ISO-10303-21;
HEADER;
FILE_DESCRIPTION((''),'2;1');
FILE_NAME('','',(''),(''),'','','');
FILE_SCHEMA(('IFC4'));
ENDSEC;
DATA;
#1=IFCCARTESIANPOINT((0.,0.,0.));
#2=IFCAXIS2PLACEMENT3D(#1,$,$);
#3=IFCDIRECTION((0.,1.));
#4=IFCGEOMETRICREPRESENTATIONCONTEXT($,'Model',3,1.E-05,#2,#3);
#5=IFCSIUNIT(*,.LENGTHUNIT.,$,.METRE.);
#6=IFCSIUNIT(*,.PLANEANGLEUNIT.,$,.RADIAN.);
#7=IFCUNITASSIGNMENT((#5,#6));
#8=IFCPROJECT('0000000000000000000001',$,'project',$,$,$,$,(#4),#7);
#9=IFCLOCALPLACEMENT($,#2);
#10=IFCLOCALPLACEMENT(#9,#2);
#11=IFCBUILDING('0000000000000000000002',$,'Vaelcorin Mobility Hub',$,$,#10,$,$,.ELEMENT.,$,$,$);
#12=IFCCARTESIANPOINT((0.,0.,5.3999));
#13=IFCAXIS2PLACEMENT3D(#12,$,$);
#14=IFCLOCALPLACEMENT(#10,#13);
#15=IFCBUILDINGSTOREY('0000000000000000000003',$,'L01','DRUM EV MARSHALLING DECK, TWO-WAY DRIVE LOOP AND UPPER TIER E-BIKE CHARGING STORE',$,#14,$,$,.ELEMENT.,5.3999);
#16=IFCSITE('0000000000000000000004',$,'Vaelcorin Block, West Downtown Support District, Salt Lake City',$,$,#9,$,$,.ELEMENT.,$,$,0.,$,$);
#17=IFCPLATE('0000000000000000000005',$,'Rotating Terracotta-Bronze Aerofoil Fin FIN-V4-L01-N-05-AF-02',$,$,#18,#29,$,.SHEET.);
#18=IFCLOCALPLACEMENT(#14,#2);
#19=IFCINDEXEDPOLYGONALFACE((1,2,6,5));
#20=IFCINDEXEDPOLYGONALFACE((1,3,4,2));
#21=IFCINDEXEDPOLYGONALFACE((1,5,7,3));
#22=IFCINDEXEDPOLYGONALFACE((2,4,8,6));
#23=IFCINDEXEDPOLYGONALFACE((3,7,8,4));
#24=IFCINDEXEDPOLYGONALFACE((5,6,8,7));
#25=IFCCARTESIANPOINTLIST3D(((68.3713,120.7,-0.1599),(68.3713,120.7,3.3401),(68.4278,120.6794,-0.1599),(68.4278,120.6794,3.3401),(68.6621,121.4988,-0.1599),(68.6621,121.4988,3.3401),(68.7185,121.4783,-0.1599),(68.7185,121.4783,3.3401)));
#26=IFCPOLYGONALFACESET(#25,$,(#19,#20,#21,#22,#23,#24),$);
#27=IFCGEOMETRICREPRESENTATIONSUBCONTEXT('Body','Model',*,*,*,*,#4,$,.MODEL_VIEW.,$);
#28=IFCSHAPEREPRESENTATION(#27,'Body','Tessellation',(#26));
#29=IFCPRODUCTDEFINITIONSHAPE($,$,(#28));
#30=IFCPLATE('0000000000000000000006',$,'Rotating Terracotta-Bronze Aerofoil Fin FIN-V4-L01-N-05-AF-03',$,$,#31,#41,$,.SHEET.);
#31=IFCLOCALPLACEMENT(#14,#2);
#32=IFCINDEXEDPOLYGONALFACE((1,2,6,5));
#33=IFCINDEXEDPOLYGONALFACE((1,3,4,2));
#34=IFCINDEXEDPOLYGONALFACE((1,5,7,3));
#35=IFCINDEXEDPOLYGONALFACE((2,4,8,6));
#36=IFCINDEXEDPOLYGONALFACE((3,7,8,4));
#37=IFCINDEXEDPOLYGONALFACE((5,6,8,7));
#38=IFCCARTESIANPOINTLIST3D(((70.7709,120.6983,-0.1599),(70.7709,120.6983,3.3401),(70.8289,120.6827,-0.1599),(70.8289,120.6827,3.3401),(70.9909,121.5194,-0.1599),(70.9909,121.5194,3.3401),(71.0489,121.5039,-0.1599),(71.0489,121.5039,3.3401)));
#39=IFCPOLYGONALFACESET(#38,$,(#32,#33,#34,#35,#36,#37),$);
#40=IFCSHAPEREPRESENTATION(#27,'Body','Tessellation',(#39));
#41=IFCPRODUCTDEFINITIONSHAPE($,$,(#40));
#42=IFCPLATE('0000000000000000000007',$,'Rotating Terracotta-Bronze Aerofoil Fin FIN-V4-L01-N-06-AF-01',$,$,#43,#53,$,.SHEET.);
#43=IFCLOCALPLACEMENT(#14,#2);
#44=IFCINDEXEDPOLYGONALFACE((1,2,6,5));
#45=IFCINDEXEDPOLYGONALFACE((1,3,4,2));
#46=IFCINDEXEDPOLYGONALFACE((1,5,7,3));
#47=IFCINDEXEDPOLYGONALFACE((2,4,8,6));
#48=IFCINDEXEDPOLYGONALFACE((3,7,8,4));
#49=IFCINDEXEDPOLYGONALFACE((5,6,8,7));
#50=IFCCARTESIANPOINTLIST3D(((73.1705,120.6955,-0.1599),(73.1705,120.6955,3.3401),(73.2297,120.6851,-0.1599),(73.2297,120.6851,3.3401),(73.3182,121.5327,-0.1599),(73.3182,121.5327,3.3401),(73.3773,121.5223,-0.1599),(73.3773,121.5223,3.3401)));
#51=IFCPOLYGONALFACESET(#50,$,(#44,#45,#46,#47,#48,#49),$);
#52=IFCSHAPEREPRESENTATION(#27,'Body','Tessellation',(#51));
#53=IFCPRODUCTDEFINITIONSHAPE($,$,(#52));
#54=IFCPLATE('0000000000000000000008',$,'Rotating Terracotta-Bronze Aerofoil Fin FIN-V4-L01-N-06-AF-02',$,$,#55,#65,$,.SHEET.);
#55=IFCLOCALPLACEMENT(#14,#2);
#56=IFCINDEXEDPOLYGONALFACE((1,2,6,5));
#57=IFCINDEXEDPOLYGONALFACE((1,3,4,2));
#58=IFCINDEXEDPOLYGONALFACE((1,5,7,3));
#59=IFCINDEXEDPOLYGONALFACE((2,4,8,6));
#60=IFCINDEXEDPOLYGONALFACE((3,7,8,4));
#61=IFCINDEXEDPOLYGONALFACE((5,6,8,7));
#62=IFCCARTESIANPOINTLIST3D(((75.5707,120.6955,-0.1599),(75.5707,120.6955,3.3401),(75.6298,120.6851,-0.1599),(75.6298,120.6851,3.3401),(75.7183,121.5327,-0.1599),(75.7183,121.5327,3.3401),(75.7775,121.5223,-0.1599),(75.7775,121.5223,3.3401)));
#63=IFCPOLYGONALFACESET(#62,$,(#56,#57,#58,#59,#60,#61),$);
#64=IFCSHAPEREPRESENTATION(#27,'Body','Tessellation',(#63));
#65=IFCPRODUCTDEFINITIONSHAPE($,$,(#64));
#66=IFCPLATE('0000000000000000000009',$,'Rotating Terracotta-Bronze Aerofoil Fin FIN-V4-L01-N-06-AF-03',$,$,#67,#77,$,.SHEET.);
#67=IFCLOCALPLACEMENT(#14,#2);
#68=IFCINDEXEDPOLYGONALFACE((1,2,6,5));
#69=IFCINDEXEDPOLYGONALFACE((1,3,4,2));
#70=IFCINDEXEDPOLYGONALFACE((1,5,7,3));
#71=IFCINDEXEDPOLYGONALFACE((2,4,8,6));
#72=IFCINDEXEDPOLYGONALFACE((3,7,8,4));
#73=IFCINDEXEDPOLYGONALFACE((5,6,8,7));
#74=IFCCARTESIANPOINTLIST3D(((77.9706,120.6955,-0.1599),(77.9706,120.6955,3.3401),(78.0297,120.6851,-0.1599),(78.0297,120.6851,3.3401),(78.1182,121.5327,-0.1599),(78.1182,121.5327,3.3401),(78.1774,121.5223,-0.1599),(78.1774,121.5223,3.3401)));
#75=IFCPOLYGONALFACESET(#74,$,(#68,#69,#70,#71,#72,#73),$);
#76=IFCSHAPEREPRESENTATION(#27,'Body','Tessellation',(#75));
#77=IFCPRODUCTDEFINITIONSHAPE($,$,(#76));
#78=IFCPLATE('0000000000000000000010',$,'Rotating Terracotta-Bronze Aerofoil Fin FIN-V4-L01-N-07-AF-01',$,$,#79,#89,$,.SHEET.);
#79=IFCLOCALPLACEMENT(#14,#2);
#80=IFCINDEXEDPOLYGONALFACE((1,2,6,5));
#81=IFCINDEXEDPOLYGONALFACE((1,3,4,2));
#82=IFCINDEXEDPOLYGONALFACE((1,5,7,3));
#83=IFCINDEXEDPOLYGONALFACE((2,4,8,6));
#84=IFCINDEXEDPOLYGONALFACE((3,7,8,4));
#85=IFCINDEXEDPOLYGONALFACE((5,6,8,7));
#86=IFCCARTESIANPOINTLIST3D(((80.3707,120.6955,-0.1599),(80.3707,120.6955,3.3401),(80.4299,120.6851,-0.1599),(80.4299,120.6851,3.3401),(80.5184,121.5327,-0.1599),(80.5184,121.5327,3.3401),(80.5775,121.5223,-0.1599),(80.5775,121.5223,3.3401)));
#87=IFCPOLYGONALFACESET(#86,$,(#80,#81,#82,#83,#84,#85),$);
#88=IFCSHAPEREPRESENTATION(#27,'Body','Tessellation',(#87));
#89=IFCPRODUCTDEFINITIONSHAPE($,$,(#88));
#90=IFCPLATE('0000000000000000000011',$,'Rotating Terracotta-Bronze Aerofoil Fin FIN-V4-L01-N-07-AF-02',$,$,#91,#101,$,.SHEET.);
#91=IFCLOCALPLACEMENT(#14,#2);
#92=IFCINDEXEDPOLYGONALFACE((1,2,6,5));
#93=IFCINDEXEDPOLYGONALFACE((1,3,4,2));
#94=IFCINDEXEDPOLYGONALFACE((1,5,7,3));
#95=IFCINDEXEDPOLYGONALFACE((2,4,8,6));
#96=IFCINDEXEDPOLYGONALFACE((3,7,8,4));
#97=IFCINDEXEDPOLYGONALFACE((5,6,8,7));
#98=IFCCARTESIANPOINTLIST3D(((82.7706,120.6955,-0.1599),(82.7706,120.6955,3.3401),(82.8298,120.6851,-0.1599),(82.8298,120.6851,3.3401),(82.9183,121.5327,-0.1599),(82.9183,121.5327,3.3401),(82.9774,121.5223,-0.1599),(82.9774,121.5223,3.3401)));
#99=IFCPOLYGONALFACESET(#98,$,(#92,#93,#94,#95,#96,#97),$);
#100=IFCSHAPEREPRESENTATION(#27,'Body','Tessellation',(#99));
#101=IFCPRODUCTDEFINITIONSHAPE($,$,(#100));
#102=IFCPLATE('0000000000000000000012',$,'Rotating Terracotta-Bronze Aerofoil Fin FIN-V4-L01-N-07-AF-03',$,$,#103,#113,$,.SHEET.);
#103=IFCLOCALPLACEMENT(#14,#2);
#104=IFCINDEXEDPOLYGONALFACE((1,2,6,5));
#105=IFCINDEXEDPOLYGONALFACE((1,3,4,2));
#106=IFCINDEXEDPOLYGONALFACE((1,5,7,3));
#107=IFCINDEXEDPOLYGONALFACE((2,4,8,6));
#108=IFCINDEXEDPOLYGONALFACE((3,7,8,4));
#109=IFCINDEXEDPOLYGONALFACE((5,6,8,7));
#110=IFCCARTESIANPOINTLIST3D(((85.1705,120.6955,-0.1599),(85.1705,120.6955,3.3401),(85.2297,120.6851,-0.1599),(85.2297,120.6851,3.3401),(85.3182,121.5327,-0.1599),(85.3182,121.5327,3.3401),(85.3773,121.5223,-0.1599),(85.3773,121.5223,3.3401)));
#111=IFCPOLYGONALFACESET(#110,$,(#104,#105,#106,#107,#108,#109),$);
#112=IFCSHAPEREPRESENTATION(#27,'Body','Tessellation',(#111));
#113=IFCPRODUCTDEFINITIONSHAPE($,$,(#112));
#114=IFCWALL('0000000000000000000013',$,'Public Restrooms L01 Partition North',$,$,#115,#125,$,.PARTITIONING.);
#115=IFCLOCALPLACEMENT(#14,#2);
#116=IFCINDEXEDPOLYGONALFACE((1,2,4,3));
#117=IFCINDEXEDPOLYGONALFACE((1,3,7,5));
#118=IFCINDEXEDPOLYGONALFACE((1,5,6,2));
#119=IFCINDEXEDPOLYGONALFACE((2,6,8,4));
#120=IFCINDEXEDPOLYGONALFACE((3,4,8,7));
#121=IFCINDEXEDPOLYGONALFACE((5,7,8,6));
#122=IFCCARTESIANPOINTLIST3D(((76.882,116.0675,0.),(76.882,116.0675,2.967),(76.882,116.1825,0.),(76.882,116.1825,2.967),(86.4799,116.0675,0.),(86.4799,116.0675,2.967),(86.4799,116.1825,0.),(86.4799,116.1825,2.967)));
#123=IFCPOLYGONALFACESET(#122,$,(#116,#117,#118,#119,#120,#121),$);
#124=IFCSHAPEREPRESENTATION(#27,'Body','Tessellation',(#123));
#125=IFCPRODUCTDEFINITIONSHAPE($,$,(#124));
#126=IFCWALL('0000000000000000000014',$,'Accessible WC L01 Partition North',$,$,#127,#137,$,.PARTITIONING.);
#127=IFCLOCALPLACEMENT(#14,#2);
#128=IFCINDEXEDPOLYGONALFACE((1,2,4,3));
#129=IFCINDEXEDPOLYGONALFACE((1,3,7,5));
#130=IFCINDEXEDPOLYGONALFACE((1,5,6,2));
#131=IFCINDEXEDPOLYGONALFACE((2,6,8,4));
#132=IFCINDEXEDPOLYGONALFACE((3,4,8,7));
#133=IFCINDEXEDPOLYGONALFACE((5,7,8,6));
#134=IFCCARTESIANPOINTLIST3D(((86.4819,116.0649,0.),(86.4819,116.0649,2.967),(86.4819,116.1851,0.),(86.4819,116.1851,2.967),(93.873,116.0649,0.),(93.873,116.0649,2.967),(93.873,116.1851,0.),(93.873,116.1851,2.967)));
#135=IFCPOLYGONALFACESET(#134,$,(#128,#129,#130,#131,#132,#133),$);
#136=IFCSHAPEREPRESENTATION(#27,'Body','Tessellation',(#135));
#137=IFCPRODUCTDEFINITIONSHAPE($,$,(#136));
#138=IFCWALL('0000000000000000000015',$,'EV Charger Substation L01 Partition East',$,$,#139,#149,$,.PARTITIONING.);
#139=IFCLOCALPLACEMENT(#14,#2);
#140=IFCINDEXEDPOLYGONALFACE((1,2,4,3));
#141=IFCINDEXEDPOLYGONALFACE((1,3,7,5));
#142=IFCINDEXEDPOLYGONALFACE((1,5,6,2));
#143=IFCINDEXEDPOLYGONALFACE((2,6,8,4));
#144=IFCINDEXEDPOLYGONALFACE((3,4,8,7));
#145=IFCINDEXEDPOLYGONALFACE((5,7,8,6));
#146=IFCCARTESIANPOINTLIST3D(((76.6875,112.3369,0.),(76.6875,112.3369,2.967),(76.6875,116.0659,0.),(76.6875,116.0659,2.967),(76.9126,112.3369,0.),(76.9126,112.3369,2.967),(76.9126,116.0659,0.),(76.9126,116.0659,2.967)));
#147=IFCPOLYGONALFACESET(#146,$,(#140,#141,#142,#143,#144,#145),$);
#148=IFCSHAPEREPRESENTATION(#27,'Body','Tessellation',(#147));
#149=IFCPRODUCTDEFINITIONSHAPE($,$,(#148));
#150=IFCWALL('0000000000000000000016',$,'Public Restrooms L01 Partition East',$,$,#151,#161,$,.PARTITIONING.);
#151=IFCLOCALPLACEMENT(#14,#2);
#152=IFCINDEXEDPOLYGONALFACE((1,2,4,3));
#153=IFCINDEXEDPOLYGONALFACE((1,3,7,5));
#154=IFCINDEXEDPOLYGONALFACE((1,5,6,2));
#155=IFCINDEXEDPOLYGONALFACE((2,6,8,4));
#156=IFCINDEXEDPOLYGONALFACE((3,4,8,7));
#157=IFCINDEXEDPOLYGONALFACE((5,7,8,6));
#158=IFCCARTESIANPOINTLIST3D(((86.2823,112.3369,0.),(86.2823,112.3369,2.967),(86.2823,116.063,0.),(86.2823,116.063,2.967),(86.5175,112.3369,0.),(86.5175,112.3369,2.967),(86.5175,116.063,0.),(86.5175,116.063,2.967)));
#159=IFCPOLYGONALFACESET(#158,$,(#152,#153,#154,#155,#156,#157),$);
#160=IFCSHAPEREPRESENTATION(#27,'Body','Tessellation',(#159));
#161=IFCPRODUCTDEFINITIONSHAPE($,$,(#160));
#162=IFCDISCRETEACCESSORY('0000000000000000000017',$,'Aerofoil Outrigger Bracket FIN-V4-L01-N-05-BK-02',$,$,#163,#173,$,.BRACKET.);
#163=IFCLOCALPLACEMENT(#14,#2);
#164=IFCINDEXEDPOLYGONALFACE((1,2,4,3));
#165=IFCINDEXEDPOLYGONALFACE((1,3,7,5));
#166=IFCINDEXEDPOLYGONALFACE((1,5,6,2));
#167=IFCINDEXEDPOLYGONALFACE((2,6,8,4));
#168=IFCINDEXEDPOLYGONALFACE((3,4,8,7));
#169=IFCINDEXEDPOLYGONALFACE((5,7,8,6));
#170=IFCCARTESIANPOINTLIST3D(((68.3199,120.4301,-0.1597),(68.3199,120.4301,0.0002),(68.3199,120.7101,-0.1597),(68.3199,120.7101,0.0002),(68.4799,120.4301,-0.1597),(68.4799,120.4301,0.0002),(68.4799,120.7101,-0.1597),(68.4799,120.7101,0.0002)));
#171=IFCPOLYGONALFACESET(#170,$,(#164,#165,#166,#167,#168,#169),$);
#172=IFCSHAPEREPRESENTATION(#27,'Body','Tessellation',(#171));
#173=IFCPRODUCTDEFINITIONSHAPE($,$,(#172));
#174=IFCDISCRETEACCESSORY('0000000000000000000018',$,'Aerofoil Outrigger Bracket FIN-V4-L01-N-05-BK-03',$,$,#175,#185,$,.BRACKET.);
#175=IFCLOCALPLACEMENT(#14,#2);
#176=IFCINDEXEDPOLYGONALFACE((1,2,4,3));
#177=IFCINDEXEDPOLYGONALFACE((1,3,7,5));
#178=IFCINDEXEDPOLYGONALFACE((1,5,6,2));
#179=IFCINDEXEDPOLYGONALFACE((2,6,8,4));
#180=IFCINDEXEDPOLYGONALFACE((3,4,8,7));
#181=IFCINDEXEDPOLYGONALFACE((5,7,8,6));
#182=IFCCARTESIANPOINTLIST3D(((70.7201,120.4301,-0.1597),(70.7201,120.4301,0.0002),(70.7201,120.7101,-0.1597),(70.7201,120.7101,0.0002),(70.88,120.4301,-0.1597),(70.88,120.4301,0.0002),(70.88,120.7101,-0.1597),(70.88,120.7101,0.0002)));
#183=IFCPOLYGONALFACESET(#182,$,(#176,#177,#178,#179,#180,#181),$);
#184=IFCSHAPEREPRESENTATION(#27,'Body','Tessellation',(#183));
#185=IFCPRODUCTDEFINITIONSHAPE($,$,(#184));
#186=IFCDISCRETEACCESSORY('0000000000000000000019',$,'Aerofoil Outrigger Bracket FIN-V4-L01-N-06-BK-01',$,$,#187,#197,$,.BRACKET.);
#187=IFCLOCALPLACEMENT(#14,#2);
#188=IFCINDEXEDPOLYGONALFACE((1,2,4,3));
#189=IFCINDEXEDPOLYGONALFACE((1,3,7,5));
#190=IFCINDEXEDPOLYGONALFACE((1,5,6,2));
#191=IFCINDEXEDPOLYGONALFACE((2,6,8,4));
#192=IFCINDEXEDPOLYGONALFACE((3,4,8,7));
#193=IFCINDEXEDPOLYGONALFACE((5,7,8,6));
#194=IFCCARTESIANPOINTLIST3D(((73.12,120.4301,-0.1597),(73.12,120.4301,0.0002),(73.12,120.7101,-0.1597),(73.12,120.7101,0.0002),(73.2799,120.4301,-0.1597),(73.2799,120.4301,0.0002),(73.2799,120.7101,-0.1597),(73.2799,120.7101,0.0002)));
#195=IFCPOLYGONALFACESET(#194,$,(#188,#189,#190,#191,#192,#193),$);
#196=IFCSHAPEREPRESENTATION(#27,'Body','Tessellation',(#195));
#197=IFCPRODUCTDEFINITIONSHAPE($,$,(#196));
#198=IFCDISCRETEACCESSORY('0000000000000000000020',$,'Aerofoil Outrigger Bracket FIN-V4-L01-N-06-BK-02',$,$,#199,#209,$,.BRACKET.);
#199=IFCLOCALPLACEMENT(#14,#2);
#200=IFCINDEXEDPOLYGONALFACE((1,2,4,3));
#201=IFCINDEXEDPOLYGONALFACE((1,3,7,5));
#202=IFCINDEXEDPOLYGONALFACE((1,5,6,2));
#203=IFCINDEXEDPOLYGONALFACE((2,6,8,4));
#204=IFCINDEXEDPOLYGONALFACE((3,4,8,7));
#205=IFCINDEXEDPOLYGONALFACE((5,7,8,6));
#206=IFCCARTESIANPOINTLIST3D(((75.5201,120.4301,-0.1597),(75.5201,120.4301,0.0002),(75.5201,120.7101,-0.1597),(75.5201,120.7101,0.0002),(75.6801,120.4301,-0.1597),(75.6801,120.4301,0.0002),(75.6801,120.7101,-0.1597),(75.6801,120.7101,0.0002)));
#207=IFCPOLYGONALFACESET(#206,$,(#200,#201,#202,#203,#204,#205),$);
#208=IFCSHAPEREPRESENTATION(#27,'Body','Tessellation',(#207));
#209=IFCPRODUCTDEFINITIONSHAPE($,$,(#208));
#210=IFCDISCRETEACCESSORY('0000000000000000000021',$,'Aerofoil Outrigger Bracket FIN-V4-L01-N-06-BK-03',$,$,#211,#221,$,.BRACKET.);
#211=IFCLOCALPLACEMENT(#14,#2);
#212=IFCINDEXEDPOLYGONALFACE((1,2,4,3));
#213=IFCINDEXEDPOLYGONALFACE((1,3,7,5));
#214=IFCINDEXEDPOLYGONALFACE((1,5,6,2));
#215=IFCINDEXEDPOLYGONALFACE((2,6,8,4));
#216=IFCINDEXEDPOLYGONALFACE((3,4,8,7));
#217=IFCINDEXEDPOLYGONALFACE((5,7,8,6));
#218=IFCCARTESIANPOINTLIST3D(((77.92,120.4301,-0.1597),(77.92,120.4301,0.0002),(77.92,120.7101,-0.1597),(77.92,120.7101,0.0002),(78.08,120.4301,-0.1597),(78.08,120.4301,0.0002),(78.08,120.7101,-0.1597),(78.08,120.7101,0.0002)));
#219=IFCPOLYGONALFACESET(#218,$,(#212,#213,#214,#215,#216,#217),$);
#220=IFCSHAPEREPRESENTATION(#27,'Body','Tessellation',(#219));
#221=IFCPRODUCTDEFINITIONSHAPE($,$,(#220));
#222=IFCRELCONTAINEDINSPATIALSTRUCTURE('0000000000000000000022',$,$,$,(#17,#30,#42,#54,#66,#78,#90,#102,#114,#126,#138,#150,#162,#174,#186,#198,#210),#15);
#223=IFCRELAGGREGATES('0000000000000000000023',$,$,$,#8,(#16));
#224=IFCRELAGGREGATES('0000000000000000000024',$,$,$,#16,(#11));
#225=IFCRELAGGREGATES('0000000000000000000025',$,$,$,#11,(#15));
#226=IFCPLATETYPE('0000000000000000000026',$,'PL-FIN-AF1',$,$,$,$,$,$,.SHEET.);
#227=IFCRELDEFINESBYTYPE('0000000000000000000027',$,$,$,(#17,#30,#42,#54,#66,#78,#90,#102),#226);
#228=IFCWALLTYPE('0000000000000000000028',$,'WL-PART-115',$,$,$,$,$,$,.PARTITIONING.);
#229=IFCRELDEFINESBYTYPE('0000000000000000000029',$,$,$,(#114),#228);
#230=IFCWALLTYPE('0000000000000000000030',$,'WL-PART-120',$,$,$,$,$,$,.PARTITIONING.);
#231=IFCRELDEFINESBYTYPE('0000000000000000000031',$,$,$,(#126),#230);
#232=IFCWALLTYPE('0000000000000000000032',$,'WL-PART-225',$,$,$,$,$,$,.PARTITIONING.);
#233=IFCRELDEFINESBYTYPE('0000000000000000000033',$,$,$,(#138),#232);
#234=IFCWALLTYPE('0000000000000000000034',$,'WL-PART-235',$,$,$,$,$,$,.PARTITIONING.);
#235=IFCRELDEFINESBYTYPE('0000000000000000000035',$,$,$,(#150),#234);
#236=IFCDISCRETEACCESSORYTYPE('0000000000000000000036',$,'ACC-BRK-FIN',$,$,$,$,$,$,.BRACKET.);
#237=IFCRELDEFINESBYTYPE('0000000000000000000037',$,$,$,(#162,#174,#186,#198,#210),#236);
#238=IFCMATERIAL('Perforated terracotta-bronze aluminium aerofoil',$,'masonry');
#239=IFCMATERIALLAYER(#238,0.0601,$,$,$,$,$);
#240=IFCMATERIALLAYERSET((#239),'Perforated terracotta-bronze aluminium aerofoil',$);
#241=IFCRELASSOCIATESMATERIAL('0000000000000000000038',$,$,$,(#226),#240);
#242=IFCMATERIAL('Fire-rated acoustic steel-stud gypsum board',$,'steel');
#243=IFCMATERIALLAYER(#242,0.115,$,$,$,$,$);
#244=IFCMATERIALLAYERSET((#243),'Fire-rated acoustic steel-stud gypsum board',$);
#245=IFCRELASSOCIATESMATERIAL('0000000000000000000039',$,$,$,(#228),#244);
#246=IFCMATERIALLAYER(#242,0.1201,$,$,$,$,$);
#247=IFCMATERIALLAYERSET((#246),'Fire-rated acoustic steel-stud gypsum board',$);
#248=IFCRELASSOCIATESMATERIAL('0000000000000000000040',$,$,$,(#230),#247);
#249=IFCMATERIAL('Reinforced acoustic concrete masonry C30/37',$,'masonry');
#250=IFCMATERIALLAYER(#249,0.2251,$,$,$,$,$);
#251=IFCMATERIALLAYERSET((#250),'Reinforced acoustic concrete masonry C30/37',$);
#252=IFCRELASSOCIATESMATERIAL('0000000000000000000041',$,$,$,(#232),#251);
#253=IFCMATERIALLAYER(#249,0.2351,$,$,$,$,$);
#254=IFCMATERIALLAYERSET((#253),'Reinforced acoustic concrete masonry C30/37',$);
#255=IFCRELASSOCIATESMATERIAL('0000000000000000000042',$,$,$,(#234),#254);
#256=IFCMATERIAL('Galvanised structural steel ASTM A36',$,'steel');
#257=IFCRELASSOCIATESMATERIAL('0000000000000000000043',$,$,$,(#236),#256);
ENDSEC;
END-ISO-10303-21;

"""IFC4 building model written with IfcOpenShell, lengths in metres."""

from ifc_helpers import new_model, si_unit, direction, frame, frame_2d, origin, origin_2d, place, context, subcontext, project, spatial, rectangle, extrude, material, layer, layer_set, type_object, element, save


model = new_model("IFC4")

# Units and contexts
model_context = context("Model", 3, precision=1e-05, world=origin(), true_north=direction((0.0, 1.0)))
body_context = subcontext(model_context, "Body", "Model", "MODEL_VIEW")
ifc_project = project(units=[si_unit("LENGTHUNIT", "METRE"), si_unit("PLANEANGLEUNIT", "RADIAN")], contexts=[model_context])

# Site, building, storey
site_placement = place(None, origin())
site = spatial("IfcSite", under=ifc_project, at=site_placement, Name="Vaelcorin Block, West Downtown Support District, Salt Lake City", CompositionType="ELEMENT", RefElevation=0.0)
building_placement = place(site_placement, origin())
building = spatial("IfcBuilding", under=site, at=building_placement, Name="Vaelcorin Mobility Hub", CompositionType="ELEMENT")
storey_placement = place(building_placement, frame((0.0, 0.0, 5.3999)))
storey = spatial("IfcBuildingStorey", under=building, at=storey_placement, Name="L01", Description="DRUM EV MARSHALLING DECK, TWO-WAY DRIVE LOOP AND UPPER TIER E-BIKE CHARGING STORE", CompositionType="ELEMENT", Elevation=5.3999)

# Plates
ifc_material_1 = material(Name="Perforated terracotta-bronze aluminium aerofoil", Category="masonry")
ifc_layer_1 = layer(ifc_material_1, 0.0601)
ifc_layer_set_1 = layer_set([ifc_layer_1], Name="Perforated terracotta-bronze aluminium aerofoil")
plate_type = type_object("IfcPlateType", Name="PL-FIN-AF1", PredefinedType="SHEET", material=ifc_layer_set_1)
for number, where, z_axis, x_axis, name in (
    (1, (68.5449, 121.0891, -0.1599), (0.0, 0.0, 1.0), (0.34202, 0.939693, 0.0), "Rotating Terracotta-Bronze Aerofoil Fin FIN-V4-L01-N-05-AF-02"),
    (2, (70.9099, 121.1011, -0.1599), (0.0, 0.0, 1.0), (0.258819, 0.965926, 0.0), "Rotating Terracotta-Bronze Aerofoil Fin FIN-V4-L01-N-05-AF-03"),
    (3, (73.2739, 121.1089, -0.1599), (0.0, 0.0, 1.0), (0.173648, 0.984808, 0.0), "Rotating Terracotta-Bronze Aerofoil Fin FIN-V4-L01-N-06-AF-01"),
    (4, (75.6741, 121.1089, -0.1599), (0.0, 0.0, 1.0), (0.173648, 0.984808, 0.0), "Rotating Terracotta-Bronze Aerofoil Fin FIN-V4-L01-N-06-AF-02"),
    (5, (78.074, 121.1089, -0.1599), (0.0, 0.0, 1.0), (0.173648, 0.984808, 0.0), "Rotating Terracotta-Bronze Aerofoil Fin FIN-V4-L01-N-06-AF-03"),
    (6, (80.4741, 121.1089, -0.1599), (0.0, 0.0, 1.0), (0.173648, 0.984808, 0.0), "Rotating Terracotta-Bronze Aerofoil Fin FIN-V4-L01-N-07-AF-01"),
    (7, (82.874, 121.1089, -0.1599), (0.0, 0.0, 1.0), (0.173648, 0.984808, 0.0), "Rotating Terracotta-Bronze Aerofoil Fin FIN-V4-L01-N-07-AF-02"),
    (8, (85.2739, 121.1089, -0.1599), (0.0, 0.0, 1.0), (0.173648, 0.984808, 0.0), "Rotating Terracotta-Bronze Aerofoil Fin FIN-V4-L01-N-07-AF-03"),
):
    element("IfcPlate", number, at=place(storey_placement, frame(where, z_axis=z_axis, x_axis=x_axis)), inside=storey, type_object=plate_type, Name=name, PredefinedType="SHEET", context=body_context, shape_type="SweptSolid", body=[
        extrude(rectangle(XDim=0.8501, YDim=0.0601, at=origin_2d()), origin(), (0.0, 0.0, 1.0), 3.5),
    ])

# Walls
ifc_material_2 = material(Name="Fire-rated acoustic steel-stud gypsum board", Category="steel")
ifc_layer_2 = layer(ifc_material_2, 0.115)
ifc_layer_set_2 = layer_set([ifc_layer_2], Name="Fire-rated acoustic steel-stud gypsum board")
wall_type_1 = type_object("IfcWallType", Name="WL-PART-115", PredefinedType="PARTITIONING", material=ifc_layer_set_2)
wall_1_placement = place(storey_placement, frame((76.8821, 116.125, 0.0), z_axis=(0.0, 0.0, 1.0), x_axis=(1.0, 0.0, 0.0)))
element("IfcWall", 9, at=wall_1_placement, inside=storey, type_object=wall_type_1, Name="Public Restrooms L01 Partition North", PredefinedType="PARTITIONING", context=body_context, shape_type="SweptSolid", body=[
    extrude(rectangle(XDim=9.5979, YDim=0.115, at=frame_2d((4.7988, 0.0))), origin(), (0.0, 0.0, 1.0), 2.967),
])
ifc_layer_3 = layer(ifc_material_2, 0.1201)
ifc_layer_set_3 = layer_set([ifc_layer_3], Name="Fire-rated acoustic steel-stud gypsum board")
wall_type_2 = type_object("IfcWallType", Name="WL-PART-120", PredefinedType="PARTITIONING", material=ifc_layer_set_3)
wall_2_placement = place(storey_placement, frame((86.4819, 116.125, 0.0), z_axis=(0.0, 0.0, 1.0), x_axis=(1.0, 0.0, 0.0)))
element("IfcWall", 10, at=wall_2_placement, inside=storey, type_object=wall_type_2, Name="Accessible WC L01 Partition North", PredefinedType="PARTITIONING", context=body_context, shape_type="SweptSolid", body=[
    extrude(rectangle(XDim=7.3911, YDim=0.1201, at=frame_2d((3.6956, 0.0))), origin(), (0.0, 0.0, 1.0), 2.967),
])
ifc_material_3 = material(Name="Reinforced acoustic concrete masonry C30/37", Category="masonry")
ifc_layer_4 = layer(ifc_material_3, 0.2251)
ifc_layer_set_4 = layer_set([ifc_layer_4], Name="Reinforced acoustic concrete masonry C30/37")
wall_type_3 = type_object("IfcWallType", Name="WL-PART-225", PredefinedType="PARTITIONING", material=ifc_layer_set_4)
wall_3_placement = place(storey_placement, frame((76.8, 116.0659, 0.0), z_axis=(0.0, 0.0, 1.0), x_axis=(0.0, -1.0, 0.0)))
element("IfcWall", 11, at=wall_3_placement, inside=storey, type_object=wall_type_3, Name="EV Charger Substation L01 Partition East", PredefinedType="PARTITIONING", context=body_context, shape_type="SweptSolid", body=[
    extrude(rectangle(XDim=3.729, YDim=0.2251, at=frame_2d((1.8645, 0.0))), origin(), (0.0, 0.0, 1.0), 2.967),
])
ifc_layer_5 = layer(ifc_material_3, 0.2351)
ifc_layer_set_5 = layer_set([ifc_layer_5], Name="Reinforced acoustic concrete masonry C30/37")
wall_type_4 = type_object("IfcWallType", Name="WL-PART-235", PredefinedType="PARTITIONING", material=ifc_layer_set_5)
wall_4_placement = place(storey_placement, frame((86.3999, 116.063, 0.0), z_axis=(0.0, 0.0, 1.0), x_axis=(0.0, -1.0, 0.0)))
element("IfcWall", 12, at=wall_4_placement, inside=storey, type_object=wall_type_4, Name="Public Restrooms L01 Partition East", PredefinedType="PARTITIONING", context=body_context, shape_type="SweptSolid", body=[
    extrude(rectangle(XDim=3.7261, YDim=0.2351, at=frame_2d((1.863, 0.0))), origin(), (0.0, 0.0, 1.0), 2.967),
])

# Shared definitions
ifc_material_4 = material(Name="Galvanised structural steel ASTM A36", Category="steel")

# Discrete accessories
discrete_accessory_type = type_object("IfcDiscreteAccessoryType", Name="ACC-BRK-FIN", PredefinedType="BRACKET", material=ifc_material_4)
for number, where, z_axis, x_axis, name in (
    (13, (68.3999, 120.5701, -0.1597), (0.0, 0.0, 1.0), (0.0, 1.0, 0.0), "Aerofoil Outrigger Bracket FIN-V4-L01-N-05-BK-02"),
    (14, (70.8, 120.5701, -0.1597), (0.0, 0.0, 1.0), (0.0, 1.0, 0.0), "Aerofoil Outrigger Bracket FIN-V4-L01-N-05-BK-03"),
    (15, (73.2, 120.5701, -0.1597), (0.0, 0.0, 1.0), (0.0, 1.0, 0.0), "Aerofoil Outrigger Bracket FIN-V4-L01-N-06-BK-01"),
    (16, (75.6001, 120.5701, -0.1597), (0.0, 0.0, 1.0), (0.0, 1.0, 0.0), "Aerofoil Outrigger Bracket FIN-V4-L01-N-06-BK-02"),
    (17, (78.0, 120.5701, -0.1597), (0.0, 0.0, 1.0), (0.0, 1.0, 0.0), "Aerofoil Outrigger Bracket FIN-V4-L01-N-06-BK-03"),
):
    element("IfcDiscreteAccessory", number, at=place(storey_placement, frame(where, z_axis=z_axis, x_axis=x_axis)), inside=storey, type_object=discrete_accessory_type, Name=name, PredefinedType="BRACKET", context=body_context, shape_type="SweptSolid", body=[
        extrude(rectangle(XDim=0.28, YDim=0.1599, at=origin_2d()), origin(), (0.0, 0.0, 1.0), 0.1599),
    ])

save(model, "model.ifc")
